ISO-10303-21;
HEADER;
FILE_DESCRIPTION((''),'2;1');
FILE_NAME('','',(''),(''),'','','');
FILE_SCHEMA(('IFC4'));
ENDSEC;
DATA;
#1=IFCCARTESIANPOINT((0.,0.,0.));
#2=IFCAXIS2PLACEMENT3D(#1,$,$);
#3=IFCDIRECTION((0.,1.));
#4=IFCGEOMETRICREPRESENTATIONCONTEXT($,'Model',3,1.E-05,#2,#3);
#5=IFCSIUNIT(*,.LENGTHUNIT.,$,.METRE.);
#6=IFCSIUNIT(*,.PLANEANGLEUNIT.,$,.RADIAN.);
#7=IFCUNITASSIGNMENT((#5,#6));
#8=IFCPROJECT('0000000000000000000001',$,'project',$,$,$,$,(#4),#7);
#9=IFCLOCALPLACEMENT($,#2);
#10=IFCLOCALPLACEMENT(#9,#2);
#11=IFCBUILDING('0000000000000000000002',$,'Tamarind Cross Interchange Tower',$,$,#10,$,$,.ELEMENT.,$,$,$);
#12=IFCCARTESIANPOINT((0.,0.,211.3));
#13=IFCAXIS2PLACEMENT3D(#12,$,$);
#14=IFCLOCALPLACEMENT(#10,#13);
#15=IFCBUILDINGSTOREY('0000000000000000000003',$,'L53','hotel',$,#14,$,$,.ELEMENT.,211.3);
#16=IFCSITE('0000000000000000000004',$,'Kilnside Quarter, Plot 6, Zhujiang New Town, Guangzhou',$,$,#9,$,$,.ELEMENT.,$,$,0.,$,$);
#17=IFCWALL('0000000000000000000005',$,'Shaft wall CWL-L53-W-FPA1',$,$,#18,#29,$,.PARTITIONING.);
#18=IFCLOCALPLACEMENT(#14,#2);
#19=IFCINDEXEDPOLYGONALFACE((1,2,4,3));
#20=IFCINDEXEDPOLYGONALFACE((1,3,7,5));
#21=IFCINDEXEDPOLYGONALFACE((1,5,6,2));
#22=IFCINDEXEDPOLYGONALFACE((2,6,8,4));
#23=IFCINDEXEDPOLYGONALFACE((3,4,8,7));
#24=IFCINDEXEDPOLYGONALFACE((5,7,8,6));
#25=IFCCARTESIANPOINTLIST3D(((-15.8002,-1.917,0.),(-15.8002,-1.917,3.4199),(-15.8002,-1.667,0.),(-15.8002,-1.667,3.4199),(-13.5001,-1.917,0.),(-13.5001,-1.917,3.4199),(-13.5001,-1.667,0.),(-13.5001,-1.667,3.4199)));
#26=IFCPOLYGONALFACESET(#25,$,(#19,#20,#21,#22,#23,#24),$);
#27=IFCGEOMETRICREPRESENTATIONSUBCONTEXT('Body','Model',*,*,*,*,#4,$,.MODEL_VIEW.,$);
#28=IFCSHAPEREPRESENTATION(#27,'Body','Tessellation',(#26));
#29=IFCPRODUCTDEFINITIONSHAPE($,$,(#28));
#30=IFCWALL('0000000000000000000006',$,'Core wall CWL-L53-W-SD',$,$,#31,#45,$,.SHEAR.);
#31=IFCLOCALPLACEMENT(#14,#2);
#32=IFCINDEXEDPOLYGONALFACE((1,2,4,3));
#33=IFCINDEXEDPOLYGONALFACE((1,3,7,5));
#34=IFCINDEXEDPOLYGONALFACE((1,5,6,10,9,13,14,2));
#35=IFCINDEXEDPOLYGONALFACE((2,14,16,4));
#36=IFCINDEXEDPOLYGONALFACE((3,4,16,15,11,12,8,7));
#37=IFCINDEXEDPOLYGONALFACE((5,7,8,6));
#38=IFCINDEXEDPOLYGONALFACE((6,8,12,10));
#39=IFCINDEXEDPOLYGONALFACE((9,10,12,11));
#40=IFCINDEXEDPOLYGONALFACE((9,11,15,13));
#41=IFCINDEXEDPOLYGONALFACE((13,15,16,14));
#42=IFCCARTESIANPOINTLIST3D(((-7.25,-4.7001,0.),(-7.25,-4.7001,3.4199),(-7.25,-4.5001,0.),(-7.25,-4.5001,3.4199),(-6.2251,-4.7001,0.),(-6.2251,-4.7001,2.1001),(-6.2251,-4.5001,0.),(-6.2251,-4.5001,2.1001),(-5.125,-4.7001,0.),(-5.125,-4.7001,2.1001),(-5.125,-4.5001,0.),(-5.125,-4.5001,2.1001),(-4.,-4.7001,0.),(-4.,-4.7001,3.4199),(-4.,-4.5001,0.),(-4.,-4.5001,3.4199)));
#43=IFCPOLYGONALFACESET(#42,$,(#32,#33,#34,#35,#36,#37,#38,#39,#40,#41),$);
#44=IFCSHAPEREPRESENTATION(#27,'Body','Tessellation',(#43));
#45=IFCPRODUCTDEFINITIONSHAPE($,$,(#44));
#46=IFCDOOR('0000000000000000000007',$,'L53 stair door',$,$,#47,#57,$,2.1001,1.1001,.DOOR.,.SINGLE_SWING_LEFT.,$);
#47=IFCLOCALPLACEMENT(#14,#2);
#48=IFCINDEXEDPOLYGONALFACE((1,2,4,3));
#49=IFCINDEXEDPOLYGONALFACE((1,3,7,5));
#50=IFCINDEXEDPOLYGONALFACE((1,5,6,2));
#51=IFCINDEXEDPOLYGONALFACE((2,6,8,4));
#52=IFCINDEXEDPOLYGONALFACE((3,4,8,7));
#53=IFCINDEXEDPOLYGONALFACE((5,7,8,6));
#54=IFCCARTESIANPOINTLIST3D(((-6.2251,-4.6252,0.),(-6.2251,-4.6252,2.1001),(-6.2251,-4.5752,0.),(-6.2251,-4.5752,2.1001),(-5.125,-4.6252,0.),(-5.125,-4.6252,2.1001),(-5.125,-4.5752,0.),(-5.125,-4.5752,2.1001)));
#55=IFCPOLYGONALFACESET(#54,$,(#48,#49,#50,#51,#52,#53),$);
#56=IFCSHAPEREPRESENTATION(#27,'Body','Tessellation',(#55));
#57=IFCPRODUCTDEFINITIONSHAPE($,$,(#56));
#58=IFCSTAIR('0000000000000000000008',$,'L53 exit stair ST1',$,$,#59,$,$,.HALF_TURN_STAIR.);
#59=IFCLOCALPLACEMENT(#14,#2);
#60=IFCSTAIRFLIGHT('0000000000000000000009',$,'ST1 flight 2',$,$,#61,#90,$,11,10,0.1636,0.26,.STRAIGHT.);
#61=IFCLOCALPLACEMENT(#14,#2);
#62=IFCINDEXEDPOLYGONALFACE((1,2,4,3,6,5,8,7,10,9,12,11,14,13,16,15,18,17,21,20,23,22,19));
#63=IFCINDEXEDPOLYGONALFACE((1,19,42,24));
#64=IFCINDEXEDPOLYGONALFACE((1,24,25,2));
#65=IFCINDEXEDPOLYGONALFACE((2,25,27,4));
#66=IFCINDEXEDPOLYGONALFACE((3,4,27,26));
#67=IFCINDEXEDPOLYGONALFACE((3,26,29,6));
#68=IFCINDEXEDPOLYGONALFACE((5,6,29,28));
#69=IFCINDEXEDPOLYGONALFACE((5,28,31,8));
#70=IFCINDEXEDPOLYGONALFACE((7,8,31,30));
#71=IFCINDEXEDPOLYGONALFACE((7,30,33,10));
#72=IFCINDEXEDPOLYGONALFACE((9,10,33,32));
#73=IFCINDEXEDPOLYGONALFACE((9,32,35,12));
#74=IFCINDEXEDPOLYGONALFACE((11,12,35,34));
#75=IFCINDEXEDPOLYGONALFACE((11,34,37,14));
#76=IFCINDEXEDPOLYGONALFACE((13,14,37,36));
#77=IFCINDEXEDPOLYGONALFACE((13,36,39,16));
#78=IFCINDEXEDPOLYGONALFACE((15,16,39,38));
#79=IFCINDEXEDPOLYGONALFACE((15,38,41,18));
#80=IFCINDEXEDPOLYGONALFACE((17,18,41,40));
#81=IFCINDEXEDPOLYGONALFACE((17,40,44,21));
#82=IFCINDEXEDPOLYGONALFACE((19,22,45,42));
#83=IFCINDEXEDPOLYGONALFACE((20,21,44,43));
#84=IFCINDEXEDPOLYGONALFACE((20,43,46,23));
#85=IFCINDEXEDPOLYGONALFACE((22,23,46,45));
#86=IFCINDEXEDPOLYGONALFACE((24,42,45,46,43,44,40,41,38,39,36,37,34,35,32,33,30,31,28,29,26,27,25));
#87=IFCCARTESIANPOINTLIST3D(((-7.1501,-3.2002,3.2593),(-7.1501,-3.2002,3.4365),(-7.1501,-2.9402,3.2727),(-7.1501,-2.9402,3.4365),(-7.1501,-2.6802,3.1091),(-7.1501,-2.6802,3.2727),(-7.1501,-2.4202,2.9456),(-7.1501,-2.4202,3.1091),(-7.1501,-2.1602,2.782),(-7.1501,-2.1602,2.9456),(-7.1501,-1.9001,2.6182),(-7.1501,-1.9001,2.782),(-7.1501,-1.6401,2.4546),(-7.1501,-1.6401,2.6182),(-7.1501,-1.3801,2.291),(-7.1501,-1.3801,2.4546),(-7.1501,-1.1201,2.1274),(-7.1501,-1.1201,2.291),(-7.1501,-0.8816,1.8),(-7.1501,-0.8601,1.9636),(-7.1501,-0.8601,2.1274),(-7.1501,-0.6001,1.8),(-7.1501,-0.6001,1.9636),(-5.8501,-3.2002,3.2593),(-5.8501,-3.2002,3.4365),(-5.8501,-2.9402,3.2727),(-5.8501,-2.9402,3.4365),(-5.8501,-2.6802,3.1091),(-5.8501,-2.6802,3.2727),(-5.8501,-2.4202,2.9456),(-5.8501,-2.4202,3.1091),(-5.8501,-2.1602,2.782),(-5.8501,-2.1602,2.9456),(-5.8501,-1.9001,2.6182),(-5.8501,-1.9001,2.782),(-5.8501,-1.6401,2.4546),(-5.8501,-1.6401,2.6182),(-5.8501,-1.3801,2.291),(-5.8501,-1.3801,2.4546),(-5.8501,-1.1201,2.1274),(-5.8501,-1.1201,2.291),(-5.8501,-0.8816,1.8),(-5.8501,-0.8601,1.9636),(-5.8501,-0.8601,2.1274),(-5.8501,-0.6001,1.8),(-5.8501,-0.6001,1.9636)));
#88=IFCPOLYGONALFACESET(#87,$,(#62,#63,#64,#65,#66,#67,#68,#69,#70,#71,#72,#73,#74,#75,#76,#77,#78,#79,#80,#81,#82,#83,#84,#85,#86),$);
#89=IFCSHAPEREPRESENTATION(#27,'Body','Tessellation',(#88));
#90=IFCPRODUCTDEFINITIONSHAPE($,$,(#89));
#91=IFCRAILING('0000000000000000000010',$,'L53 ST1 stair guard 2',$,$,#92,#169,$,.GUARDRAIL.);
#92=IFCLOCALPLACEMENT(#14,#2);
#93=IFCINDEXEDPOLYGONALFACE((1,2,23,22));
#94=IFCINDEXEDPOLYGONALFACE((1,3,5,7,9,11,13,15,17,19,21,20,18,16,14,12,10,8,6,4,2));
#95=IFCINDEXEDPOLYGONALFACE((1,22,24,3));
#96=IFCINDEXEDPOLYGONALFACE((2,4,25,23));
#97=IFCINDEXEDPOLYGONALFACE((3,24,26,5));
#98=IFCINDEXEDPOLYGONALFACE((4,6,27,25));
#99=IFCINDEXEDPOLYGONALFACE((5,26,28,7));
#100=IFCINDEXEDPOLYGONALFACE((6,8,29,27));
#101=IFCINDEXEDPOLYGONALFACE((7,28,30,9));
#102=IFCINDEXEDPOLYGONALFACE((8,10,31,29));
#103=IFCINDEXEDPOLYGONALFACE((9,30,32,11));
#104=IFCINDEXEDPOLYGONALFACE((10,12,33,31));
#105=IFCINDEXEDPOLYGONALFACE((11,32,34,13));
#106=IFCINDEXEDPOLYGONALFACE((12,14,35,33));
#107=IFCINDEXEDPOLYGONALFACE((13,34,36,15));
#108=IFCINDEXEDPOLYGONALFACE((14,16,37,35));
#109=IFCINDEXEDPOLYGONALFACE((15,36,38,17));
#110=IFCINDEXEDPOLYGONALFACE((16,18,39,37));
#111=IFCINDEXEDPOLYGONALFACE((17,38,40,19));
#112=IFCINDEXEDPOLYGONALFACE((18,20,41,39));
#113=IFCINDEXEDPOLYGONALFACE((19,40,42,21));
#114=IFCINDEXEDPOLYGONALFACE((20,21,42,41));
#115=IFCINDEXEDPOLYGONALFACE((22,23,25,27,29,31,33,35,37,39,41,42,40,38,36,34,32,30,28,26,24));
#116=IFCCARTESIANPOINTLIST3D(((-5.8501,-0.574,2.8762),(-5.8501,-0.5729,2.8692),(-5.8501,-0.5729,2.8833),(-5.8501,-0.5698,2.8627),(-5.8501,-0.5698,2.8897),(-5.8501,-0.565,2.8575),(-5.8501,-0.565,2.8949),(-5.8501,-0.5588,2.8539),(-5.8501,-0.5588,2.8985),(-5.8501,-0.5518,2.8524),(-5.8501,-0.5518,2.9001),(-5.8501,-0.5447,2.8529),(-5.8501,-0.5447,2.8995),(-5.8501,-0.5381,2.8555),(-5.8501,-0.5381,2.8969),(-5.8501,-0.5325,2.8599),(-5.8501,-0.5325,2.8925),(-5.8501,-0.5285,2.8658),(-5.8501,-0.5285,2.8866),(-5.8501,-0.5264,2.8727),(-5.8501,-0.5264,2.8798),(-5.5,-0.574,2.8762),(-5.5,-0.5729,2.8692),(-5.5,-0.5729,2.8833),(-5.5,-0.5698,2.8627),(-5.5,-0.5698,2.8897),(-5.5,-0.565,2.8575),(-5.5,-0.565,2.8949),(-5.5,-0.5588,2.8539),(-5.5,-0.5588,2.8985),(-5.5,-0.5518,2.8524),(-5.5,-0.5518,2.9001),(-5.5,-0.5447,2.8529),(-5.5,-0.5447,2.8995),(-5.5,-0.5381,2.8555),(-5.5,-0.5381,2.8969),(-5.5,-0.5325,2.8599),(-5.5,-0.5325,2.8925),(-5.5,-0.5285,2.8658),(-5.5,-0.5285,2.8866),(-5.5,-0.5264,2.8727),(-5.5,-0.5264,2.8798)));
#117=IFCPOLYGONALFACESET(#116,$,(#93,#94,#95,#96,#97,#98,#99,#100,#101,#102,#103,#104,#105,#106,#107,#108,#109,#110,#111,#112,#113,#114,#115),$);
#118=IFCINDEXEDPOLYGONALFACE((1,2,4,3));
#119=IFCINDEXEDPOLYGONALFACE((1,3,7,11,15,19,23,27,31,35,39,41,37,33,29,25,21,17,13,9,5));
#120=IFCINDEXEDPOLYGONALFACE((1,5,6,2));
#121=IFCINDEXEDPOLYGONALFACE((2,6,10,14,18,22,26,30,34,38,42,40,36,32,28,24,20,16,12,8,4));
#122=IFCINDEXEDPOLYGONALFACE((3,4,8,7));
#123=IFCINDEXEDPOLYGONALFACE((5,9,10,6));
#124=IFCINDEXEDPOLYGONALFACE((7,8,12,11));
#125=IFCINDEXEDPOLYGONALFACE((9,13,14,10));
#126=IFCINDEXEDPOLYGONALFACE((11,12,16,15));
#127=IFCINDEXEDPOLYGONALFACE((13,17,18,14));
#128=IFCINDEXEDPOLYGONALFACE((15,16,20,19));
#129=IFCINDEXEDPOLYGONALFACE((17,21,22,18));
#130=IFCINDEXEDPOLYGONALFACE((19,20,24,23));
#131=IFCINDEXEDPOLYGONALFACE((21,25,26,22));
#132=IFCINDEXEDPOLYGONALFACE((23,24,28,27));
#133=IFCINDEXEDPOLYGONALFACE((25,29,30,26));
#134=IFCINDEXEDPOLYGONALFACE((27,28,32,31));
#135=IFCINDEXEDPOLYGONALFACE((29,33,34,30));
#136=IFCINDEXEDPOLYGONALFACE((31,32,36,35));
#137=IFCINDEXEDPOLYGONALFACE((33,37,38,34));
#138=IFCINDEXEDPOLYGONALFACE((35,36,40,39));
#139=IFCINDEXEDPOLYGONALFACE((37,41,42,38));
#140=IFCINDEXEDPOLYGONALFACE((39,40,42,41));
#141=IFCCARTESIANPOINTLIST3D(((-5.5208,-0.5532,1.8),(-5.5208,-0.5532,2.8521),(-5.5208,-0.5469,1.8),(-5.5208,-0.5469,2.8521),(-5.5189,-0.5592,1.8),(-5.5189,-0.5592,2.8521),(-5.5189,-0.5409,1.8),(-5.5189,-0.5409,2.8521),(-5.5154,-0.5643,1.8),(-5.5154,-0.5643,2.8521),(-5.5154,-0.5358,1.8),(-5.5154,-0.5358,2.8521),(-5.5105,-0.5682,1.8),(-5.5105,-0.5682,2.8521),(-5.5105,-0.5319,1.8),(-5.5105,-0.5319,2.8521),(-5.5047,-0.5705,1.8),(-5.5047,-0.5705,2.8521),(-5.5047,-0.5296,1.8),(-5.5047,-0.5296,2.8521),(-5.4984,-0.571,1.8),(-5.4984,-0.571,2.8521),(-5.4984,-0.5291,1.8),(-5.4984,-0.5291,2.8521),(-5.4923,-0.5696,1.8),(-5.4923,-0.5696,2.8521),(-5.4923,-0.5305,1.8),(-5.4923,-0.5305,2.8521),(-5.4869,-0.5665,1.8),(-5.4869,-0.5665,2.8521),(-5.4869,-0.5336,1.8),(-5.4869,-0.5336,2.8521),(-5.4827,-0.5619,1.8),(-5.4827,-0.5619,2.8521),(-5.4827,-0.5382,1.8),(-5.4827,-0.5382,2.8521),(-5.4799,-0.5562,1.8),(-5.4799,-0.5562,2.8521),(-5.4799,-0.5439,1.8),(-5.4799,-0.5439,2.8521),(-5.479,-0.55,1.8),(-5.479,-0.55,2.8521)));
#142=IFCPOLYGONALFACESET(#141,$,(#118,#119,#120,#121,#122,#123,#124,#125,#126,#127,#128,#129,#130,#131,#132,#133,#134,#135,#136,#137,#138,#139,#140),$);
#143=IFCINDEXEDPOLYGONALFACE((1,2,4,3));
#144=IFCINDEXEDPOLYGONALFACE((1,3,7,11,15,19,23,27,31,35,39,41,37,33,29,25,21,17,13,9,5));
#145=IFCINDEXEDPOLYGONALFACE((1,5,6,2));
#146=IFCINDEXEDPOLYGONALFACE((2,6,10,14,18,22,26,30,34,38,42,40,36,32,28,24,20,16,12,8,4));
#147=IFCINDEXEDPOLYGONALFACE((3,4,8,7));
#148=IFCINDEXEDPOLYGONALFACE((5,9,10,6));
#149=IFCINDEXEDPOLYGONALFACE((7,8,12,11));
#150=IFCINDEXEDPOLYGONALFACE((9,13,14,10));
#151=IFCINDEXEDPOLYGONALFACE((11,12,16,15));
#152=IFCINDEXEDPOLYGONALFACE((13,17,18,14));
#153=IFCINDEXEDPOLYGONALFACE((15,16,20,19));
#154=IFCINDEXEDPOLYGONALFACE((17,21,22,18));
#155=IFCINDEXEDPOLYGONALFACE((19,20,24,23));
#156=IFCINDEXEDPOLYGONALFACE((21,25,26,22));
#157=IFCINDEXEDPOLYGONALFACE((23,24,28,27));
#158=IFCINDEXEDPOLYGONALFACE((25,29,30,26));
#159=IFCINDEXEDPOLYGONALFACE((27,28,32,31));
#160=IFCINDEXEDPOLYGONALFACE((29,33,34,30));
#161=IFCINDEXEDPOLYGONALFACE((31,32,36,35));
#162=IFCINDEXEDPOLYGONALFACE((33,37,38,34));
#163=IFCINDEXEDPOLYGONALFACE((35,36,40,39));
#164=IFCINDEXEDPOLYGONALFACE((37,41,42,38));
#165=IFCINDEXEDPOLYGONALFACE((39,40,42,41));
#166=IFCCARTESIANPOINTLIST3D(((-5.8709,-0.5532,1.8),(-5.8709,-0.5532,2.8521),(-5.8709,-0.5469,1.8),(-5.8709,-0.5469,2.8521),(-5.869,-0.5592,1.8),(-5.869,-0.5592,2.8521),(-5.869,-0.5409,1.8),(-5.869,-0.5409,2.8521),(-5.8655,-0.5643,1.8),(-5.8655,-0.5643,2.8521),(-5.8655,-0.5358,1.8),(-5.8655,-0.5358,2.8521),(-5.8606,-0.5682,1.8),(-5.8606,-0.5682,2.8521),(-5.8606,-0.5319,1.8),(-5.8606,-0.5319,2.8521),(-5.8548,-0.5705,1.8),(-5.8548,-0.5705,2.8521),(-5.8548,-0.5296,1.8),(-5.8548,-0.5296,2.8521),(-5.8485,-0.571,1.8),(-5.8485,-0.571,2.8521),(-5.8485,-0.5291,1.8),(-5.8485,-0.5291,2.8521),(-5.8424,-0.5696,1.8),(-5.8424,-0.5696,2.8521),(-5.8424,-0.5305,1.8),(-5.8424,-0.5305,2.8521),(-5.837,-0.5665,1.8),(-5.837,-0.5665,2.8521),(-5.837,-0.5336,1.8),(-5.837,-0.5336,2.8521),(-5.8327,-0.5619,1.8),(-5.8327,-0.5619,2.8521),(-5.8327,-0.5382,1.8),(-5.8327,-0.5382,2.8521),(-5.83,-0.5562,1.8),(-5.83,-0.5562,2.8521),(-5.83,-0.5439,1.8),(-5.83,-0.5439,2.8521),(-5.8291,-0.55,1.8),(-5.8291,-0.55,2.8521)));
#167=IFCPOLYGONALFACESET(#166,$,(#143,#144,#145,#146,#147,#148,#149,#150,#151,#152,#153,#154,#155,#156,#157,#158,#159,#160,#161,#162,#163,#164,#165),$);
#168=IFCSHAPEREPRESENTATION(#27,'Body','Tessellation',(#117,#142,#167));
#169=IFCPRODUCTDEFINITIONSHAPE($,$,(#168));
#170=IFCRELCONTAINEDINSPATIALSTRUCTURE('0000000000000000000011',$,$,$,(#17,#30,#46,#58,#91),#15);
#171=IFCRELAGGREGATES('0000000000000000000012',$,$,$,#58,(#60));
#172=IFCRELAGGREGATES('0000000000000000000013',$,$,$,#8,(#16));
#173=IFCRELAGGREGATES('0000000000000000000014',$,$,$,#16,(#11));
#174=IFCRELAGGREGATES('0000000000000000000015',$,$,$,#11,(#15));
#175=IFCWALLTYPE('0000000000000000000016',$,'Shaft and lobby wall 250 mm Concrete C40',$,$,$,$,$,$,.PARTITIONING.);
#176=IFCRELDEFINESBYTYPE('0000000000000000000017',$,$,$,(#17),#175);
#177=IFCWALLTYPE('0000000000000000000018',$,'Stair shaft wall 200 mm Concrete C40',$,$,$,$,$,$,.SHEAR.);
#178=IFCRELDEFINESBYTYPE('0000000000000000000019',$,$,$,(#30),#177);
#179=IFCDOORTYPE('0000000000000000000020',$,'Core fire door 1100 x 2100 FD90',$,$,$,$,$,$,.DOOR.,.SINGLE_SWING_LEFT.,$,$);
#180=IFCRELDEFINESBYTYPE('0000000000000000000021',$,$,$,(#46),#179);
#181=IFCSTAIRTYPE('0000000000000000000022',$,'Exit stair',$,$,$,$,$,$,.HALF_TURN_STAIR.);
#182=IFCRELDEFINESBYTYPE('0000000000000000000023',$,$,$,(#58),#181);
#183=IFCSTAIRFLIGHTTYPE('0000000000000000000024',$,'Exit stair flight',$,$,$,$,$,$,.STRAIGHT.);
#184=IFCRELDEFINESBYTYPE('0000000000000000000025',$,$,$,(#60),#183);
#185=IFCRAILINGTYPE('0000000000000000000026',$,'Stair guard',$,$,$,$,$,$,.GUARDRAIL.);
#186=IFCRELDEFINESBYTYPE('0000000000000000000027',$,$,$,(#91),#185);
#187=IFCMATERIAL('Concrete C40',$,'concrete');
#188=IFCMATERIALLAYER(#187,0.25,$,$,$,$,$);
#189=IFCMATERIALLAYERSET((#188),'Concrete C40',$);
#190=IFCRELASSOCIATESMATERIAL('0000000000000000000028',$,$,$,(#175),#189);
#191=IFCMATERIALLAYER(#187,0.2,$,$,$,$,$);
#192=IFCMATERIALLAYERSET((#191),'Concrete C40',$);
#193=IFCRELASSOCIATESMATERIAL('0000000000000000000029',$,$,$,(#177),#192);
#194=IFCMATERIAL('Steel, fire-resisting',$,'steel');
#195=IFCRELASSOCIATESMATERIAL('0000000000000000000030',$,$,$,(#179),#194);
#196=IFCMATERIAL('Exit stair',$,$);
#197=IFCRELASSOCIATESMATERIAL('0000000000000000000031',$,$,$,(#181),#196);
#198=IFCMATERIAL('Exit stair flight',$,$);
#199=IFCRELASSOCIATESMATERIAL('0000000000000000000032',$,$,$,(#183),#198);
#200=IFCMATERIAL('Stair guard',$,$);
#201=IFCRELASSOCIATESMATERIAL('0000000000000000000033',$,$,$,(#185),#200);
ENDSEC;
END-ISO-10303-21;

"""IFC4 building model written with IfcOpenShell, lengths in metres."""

from ifc_helpers import new_model, si_unit, direction, frame, frame_2d, origin, origin_2d, place, context, subcontext, project, spatial, polyline, rectangle, circle, outline, extrude, material, layer, layer_set, type_object, element, fill, aggregate, save


model = new_model("IFC4")

# Units and contexts
model_context = context("Model", 3, precision=1e-05, world=origin(), true_north=direction((0.0, 1.0)))
body_context = subcontext(model_context, "Body", "Model", "MODEL_VIEW")
ifc_project = project(units=[si_unit("LENGTHUNIT", "METRE"), si_unit("PLANEANGLEUNIT", "RADIAN")], contexts=[model_context])

# Site, building, storey
site_placement = place(None, origin())
site = spatial("IfcSite", under=ifc_project, at=site_placement, Name="Kilnside Quarter, Plot 6, Zhujiang New Town, Guangzhou", CompositionType="ELEMENT", RefElevation=0.0)
building_placement = place(site_placement, origin())
building = spatial("IfcBuilding", under=site, at=building_placement, Name="Tamarind Cross Interchange Tower", CompositionType="ELEMENT")
storey_placement = place(building_placement, frame((0.0, 0.0, 211.3)))
storey = spatial("IfcBuildingStorey", under=building, at=storey_placement, Name="L53", Description="hotel", CompositionType="ELEMENT", Elevation=211.3)

# Shared definitions
ifc_material_1 = material(Name="Steel, fire-resisting", Category="steel")

# Wall
ifc_material_2 = material(Name="Concrete C40", Category="concrete")
ifc_layer_1 = layer(ifc_material_2, 0.25)
ifc_layer_set_1 = layer_set([ifc_layer_1], Name="Concrete C40")
wall_type_1 = type_object("IfcWallType", Name="Shaft and lobby wall 250 mm Concrete C40", PredefinedType="PARTITIONING", material=ifc_layer_set_1)
wall_1_placement = place(storey_placement, frame((-15.8, -1.792, 0.0), z_axis=(0.0, 0.0, 1.0), x_axis=(1.0, 0.0, 0.0)))
element("IfcWall", 1, at=wall_1_placement, inside=storey, type_object=wall_type_1, Name="Shaft wall CWL-L53-W-FPA1", PredefinedType="PARTITIONING", context=body_context, shape_type="SweptSolid", body=[
    extrude(rectangle(XDim=2.3, YDim=0.25, at=frame_2d((1.1499, 0.0))), origin(), (0.0, 0.0, 1.0), 3.4199),
])

# Wall, opening, door
ifc_layer_2 = layer(ifc_material_2, 0.2)
ifc_layer_set_2 = layer_set([ifc_layer_2], Name="Concrete C40")
wall_type_2 = type_object("IfcWallType", Name="Stair shaft wall 200 mm Concrete C40", PredefinedType="SHEAR", material=ifc_layer_set_2)
wall_2_placement = place(storey_placement, frame((-7.25, -4.6001, 0.0), z_axis=(0.0, 0.0, 1.0), x_axis=(1.0, 0.0, 0.0)))
wall_2 = element("IfcWall", 2, at=wall_2_placement, inside=storey, type_object=wall_type_2, Name="Core wall CWL-L53-W-SD", PredefinedType="SHEAR", context=body_context, shape_type="SweptSolid", body=[
    extrude(rectangle(XDim=3.25, YDim=0.2, at=frame_2d((1.625, 0.0))), origin(), (0.0, 0.0, 1.0), 3.4199),
])
opening_1_placement = place(wall_2_placement, frame((1.0249, 0.0, 0.0)))
opening_1 = element("IfcOpeningElement", 3, at=opening_1_placement, cuts=wall_2, PredefinedType="OPENING", context=body_context, shape_type="SweptSolid", body=[
    extrude(rectangle(XDim=1.1001, YDim=2.1001, at=frame_2d((0.55, 1.05))), frame((0.0, 0.1099, 0.0), z_axis=(0.0, -1.0, 0.0), x_axis=(1.0, 0.0, 0.0)), (0.0, 0.0, 1.0), 0.22),
])
door_type_1 = type_object("IfcDoorType", Name="Core fire door 1100 x 2100 FD90", OperationType="SINGLE_SWING_LEFT", PredefinedType="DOOR", material=ifc_material_1)
door_1_placement = place(opening_1_placement, origin())
door_1 = element("IfcDoor", 4, at=door_1_placement, inside=storey, type_object=door_type_1, Name="L53 stair door", OperationType="SINGLE_SWING_LEFT", OverallHeight=2.1001, OverallWidth=1.1001, PredefinedType="DOOR", context=body_context, shape_type="SweptSolid", body=[
    extrude(rectangle(XDim=1.1001, YDim=2.1001, at=frame_2d((0.55, 1.05))), frame((0.0, 0.0249, 0.0), z_axis=(0.0, -1.0, 0.0), x_axis=(1.0, 0.0, 0.0)), (0.0, 0.0, 1.0), 0.05),
])
fill(opening_1, door_1)

# Stair, stair flight
ifc_material_3 = material(Name="Exit stair")
stair_type = type_object("IfcStairType", Name="Exit stair", PredefinedType="HALF_TURN_STAIR", material=ifc_material_3)
stair_placement = place(storey_placement, origin())
stair = element("IfcStair", 5, at=stair_placement, inside=storey, type_object=stair_type, Name="L53 exit stair ST1", PredefinedType="HALF_TURN_STAIR")
ifc_material_4 = material(Name="Exit stair flight")
stair_flight_type = type_object("IfcStairFlightType", Name="Exit stair flight", PredefinedType="STRAIGHT", material=ifc_material_4)
stair_flight_placement = place(storey_placement, frame((-6.5, -0.6001, 1.8), z_axis=(0.0, 0.0, 1.0), x_axis=(0.0, -1.0, 0.0)))
stair_flight = element("IfcStairFlight", 6, at=stair_flight_placement, type_object=stair_flight_type, Name="ST1 flight 2", NumberOfRisers=11, NumberOfTreads=10, PredefinedType="STRAIGHT", RiserHeight=0.1636, TreadLength=0.26, context=body_context, shape_type="SweptSolid", body=[
    extrude(outline(polyline([(0.0, 0.0), (0.0, 0.1636), (0.26, 0.1636), (0.26, 0.3274), (0.52, 0.3274), (0.52, 0.491), (0.78, 0.491), (0.78, 0.6545), (1.04, 0.6545), (1.04, 0.8181), (1.3, 0.8181), (1.3, 0.9819), (1.5601, 0.9819), (1.5601, 1.1455), (1.8201, 1.1455), (1.8201, 1.3091), (2.0801, 1.3091), (2.0801, 1.4727), (2.3401, 1.4727), (2.3401, 1.6365), (2.6001, 1.6365), (2.6001, 1.8), (2.6001, 1.4592), (0.2815, 0.0), (0.0, 0.0)])), frame((0.0, 0.6499, 0.0), z_axis=(0.0, -1.0, 0.0), x_axis=(1.0, 0.0, 0.0)), (0.0, 0.0, 1.0), 1.3),
])
aggregate(stair, [stair_flight])

# Railing
ifc_material_5 = material(Name="Stair guard")
railing_type_1 = type_object("IfcRailingType", Name="Stair guard", PredefinedType="GUARDRAIL", material=ifc_material_5)
railing_1_placement = place(storey_placement, frame((-5.5, -0.55, 1.8)))
element("IfcRailing", 7, at=railing_1_placement, inside=storey, type_object=railing_type_1, Name="L53 ST1 stair guard 2", PredefinedType="GUARDRAIL", context=body_context, shape_type="SweptSolid", body=[
    extrude(circle(Radius=0.0239, at=origin_2d()), frame((0.0, 0.0, 1.0762), z_axis=(-1.0, 0.0, 0.0), x_axis=(0.0, -1.0, 0.0)), (0.0, 0.0, 1.0), 0.3501),
    extrude(circle(Radius=0.021, at=origin_2d()), origin(), (0.0, 0.0, 1.0), 1.052),
    extrude(circle(Radius=0.021, at=origin_2d()), frame((-0.3501, 0.0, 0.0)), (0.0, 0.0, 1.0), 1.052),
])

save(model, "model.ifc")
